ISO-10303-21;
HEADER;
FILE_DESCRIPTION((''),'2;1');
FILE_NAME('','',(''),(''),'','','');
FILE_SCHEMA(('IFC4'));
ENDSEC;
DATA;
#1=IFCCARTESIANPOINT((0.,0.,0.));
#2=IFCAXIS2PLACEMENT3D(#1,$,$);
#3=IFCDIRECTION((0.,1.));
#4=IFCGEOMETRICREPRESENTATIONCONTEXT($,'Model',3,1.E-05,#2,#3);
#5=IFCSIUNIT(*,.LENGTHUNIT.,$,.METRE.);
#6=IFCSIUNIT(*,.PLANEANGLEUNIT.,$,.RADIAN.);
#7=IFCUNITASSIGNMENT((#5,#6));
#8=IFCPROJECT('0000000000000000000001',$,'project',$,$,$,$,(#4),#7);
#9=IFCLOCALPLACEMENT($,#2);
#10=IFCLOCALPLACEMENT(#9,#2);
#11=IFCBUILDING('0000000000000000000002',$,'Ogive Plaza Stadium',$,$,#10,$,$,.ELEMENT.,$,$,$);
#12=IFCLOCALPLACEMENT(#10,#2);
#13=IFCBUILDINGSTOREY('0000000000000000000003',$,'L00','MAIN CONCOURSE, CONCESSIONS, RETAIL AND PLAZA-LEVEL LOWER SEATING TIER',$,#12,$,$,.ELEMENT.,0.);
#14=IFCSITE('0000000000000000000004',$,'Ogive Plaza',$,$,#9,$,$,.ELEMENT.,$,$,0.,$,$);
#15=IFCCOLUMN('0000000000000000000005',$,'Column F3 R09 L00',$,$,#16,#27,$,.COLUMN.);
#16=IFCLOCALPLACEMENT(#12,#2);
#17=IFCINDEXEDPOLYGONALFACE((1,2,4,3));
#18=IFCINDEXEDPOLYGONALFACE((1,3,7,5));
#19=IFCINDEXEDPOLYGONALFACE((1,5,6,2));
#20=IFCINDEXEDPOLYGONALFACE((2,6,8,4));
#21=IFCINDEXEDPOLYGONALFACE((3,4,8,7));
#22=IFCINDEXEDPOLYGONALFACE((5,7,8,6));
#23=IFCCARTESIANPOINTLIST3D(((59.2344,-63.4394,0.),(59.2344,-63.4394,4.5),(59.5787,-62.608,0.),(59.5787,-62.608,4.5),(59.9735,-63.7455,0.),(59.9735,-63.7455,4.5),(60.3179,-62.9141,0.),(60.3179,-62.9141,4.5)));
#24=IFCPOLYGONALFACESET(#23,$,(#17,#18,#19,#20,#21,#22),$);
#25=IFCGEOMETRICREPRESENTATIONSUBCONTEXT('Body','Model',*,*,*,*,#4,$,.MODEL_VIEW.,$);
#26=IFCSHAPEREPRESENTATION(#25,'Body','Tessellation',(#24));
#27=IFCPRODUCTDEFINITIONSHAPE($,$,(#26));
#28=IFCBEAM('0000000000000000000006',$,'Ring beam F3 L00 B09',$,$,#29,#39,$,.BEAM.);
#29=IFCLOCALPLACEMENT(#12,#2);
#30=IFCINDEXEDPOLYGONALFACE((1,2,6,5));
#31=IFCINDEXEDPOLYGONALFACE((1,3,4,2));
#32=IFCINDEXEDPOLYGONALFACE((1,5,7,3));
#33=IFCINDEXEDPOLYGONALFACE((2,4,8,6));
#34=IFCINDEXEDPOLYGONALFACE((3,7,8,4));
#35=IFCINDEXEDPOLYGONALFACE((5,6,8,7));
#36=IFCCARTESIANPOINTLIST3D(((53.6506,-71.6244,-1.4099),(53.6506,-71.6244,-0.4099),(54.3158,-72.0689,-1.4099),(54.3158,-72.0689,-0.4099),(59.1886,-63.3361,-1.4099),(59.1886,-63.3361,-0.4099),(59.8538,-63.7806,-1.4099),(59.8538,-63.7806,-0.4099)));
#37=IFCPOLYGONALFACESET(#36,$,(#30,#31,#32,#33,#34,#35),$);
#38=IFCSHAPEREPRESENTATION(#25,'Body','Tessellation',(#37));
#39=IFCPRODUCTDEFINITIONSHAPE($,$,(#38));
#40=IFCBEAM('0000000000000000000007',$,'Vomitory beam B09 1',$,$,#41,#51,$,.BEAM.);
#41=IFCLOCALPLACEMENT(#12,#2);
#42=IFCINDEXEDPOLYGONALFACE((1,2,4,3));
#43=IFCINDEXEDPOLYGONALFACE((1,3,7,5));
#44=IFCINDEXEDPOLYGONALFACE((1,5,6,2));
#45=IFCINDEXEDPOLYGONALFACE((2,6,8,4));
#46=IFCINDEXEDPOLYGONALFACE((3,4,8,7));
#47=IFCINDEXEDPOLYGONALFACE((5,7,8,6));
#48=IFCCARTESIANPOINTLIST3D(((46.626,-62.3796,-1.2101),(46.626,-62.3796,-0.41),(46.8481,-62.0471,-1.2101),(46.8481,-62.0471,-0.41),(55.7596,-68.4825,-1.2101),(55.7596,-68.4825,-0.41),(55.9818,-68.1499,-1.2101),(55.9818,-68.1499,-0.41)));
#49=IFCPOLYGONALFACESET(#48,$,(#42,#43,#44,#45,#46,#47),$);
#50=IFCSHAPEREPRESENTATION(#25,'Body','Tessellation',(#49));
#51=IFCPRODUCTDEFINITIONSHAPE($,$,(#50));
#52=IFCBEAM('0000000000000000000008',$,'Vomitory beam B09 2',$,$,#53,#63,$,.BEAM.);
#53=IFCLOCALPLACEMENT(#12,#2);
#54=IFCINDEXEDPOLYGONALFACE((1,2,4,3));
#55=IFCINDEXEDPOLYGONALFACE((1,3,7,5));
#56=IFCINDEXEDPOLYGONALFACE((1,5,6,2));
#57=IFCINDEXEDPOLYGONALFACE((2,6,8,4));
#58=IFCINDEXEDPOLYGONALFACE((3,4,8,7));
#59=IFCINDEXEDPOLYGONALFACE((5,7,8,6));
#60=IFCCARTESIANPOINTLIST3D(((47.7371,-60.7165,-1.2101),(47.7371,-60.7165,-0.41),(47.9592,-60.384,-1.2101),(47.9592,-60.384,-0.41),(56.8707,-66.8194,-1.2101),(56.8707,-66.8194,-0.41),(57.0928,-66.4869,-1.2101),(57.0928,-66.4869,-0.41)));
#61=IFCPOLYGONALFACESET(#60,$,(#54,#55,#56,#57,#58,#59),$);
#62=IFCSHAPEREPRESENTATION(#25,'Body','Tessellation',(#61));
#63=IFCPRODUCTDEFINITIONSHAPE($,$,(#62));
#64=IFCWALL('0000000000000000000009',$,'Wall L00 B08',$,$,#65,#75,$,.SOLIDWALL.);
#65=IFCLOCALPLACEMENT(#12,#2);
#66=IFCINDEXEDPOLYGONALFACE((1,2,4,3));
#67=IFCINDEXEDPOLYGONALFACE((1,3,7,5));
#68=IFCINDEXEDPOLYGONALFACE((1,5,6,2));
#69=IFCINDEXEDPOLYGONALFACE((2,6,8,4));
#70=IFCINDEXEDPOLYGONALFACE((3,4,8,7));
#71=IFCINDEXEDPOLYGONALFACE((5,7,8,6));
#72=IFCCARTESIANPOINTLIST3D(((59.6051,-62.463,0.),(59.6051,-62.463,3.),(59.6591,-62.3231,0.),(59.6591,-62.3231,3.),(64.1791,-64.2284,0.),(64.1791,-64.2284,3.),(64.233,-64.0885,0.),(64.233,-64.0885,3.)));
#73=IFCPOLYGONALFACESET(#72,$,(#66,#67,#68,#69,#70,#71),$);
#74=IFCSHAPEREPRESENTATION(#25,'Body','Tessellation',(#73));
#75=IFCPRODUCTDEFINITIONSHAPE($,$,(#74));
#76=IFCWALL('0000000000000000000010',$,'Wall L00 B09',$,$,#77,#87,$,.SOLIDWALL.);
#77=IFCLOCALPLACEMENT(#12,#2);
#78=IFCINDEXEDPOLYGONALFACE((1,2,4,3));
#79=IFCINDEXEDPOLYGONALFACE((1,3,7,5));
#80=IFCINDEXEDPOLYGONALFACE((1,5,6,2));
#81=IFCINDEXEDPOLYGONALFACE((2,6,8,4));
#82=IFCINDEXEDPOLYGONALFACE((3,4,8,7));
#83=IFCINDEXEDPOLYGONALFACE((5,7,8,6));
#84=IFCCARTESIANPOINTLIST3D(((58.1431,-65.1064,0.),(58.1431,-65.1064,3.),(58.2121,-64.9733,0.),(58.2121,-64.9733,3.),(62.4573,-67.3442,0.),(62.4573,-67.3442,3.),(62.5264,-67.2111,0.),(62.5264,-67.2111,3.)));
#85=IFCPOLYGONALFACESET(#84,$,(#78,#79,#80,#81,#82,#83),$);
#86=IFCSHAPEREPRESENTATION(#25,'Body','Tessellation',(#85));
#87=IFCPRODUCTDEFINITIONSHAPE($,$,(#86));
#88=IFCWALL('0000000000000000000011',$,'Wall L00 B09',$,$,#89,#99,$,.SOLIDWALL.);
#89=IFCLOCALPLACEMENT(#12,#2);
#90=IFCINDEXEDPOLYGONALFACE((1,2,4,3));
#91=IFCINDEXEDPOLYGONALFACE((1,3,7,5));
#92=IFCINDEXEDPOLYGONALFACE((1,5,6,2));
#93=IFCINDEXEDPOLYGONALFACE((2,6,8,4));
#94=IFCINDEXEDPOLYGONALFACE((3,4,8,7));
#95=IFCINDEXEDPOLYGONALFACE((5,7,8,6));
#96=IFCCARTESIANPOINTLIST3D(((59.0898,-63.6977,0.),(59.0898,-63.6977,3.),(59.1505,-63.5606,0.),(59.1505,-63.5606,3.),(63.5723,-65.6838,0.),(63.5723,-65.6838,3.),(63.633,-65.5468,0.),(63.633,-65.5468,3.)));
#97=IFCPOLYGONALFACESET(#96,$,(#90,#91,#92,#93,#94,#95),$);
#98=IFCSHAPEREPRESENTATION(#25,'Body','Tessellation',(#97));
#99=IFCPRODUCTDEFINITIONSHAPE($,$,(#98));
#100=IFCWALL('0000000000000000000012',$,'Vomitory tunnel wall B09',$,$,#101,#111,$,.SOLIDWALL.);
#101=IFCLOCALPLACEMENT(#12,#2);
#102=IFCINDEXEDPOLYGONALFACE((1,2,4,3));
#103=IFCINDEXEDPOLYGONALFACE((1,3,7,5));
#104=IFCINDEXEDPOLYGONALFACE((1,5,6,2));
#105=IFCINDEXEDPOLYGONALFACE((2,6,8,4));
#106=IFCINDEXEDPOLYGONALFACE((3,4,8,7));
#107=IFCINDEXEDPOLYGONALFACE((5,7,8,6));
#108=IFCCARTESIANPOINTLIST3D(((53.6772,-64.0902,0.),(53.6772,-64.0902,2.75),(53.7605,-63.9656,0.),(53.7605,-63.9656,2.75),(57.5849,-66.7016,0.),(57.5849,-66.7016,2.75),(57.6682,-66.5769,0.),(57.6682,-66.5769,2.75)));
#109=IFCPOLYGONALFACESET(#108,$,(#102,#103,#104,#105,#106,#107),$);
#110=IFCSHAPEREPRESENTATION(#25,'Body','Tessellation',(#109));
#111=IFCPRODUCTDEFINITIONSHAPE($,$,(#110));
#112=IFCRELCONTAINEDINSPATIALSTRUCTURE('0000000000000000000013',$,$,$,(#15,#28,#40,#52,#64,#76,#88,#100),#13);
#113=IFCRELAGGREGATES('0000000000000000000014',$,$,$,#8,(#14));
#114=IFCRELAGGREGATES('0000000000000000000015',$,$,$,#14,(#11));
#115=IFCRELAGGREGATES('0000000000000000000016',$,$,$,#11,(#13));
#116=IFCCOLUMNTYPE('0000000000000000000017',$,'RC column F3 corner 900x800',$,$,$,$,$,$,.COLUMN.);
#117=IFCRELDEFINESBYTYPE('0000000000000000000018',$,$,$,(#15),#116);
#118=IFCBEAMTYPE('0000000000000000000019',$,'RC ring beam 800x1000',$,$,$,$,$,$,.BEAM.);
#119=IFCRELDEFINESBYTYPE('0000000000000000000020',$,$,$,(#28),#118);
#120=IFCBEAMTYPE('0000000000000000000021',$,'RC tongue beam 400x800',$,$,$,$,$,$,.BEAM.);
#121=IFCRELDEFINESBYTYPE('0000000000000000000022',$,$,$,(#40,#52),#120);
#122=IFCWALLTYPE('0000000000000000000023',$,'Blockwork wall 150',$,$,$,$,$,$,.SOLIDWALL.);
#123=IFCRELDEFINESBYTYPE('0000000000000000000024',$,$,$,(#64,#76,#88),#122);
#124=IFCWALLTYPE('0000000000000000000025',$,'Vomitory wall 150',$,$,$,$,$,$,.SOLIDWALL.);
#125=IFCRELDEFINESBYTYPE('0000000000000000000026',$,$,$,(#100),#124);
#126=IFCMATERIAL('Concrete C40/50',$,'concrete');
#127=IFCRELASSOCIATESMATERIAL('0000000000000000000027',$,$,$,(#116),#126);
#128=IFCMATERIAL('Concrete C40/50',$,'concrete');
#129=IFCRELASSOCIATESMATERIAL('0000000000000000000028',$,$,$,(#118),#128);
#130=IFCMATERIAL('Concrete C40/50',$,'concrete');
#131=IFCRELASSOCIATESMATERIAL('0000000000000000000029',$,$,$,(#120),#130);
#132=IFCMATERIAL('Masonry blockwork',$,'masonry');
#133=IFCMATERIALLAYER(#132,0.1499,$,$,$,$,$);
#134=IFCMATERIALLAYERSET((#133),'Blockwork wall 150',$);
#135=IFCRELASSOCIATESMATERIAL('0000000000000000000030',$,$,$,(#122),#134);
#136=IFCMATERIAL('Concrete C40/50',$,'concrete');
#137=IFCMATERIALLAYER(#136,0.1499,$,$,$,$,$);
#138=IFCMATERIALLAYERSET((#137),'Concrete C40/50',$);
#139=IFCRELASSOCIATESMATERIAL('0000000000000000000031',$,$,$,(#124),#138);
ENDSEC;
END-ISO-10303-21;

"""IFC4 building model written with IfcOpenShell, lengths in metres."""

from ifc_helpers import new_model, si_unit, direction, frame, frame_2d, origin, origin_2d, place, context, subcontext, project, spatial, rectangle, extrude, material, layer, layer_set, material_profile, profile_set, type_object, element, save


model = new_model("IFC4")

# Units and contexts
model_context = context("Model", 3, precision=1e-05, world=origin(), true_north=direction((0.0, 1.0)))
body_context = subcontext(model_context, "Body", "Model", "MODEL_VIEW")
ifc_project = project(units=[si_unit("LENGTHUNIT", "METRE"), si_unit("PLANEANGLEUNIT", "RADIAN")], contexts=[model_context])

# Site, building, storey
site_placement = place(None, origin())
site = spatial("IfcSite", under=ifc_project, at=site_placement, Name="Ogive Plaza", CompositionType="ELEMENT", RefElevation=0.0)
building_placement = place(site_placement, origin())
building = spatial("IfcBuilding", under=site, at=building_placement, Name="Ogive Plaza Stadium", CompositionType="ELEMENT")
storey_placement = place(building_placement, origin())
storey = spatial("IfcBuildingStorey", under=building, at=storey_placement, Name="L00", Description="MAIN CONCOURSE, CONCESSIONS, RETAIL AND PLAZA-LEVEL LOWER SEATING TIER", CompositionType="ELEMENT", Elevation=0.0)

# Column
ifc_material_1 = material(Name="Concrete C40/50", Category="concrete")
ifc_material_profile_1 = material_profile(ifc_material_1, rectangle(XDim=0.8999, YDim=0.8, at=origin_2d()), Name="RC 900x800")
ifc_profile_set_1 = profile_set([ifc_material_profile_1], Name="Concrete C40/50")
column_type = type_object("IfcColumnType", Name="RC column F3 corner 900x800", PredefinedType="COLUMN", material=ifc_profile_set_1)
column_placement = place(storey_placement, frame((59.7761, -63.1768, 0.0), z_axis=(0.0, 0.0, 1.0), x_axis=(0.382683, 0.92388, 0.0)))
element("IfcColumn", 1, at=column_placement, inside=storey, type_object=column_type, Name="Column F3 R09 L00", PredefinedType="COLUMN", context=body_context, shape_type="SweptSolid", body=[
    extrude(rectangle(XDim=0.8999, YDim=0.8, at=origin_2d()), origin(), (0.0, 0.0, 1.0), 4.5),
])

# Beams
ifc_material_2 = material(Name="Concrete C40/50", Category="concrete")
ifc_material_profile_2 = material_profile(ifc_material_2, rectangle(XDim=0.8, YDim=1.0, at=origin_2d()), Name="RC 800x1000")
ifc_profile_set_2 = profile_set([ifc_material_profile_2], Name="Concrete C40/50")
beam_type_1 = type_object("IfcBeamType", Name="RC ring beam 800x1000", PredefinedType="BEAM", material=ifc_profile_set_2)
beam_placement = place(storey_placement, frame((59.5212, -63.5583, -0.9099), z_axis=(-0.55557, -0.83147, 0.0), x_axis=(0.83147, -0.55557, 0.0)))
element("IfcBeam", 2, at=beam_placement, inside=storey, type_object=beam_type_1, Name="Ring beam F3 L00 B09", PredefinedType="BEAM", context=body_context, shape_type="SweptSolid", body=[
    extrude(rectangle(XDim=0.8, YDim=1.0, at=origin_2d()), origin(), (0.0, 0.0, 1.0), 9.9683),
])
ifc_material_3 = material(Name="Concrete C40/50", Category="concrete")
ifc_material_profile_3 = material_profile(ifc_material_3, rectangle(XDim=0.3999, YDim=0.8, at=origin_2d()), Name="RC 400x800")
ifc_profile_set_3 = profile_set([ifc_material_profile_3], Name="Concrete C40/50")
beam_type_2 = type_object("IfcBeamType", Name="RC tongue beam 400x800", PredefinedType="BEAM", material=ifc_profile_set_3)
for number, where, z_axis, x_axis, name in (
    (3, (46.7371, -62.2134, -0.8101), (0.831472, -0.555567, 0.0), (0.555567, 0.831472, 0.0), "Vomitory beam B09 1"),
    (4, (47.8481, -60.5503, -0.8101), (0.831472, -0.555567, 0.0), (0.555567, 0.831472, 0.0), "Vomitory beam B09 2"),
):
    element("IfcBeam", number, at=place(storey_placement, frame(where, z_axis=z_axis, x_axis=x_axis)), inside=storey, type_object=beam_type_2, Name=name, PredefinedType="BEAM", context=body_context, shape_type="SweptSolid", body=[
        extrude(rectangle(XDim=0.3999, YDim=0.8, at=origin_2d()), origin(), (0.0, 0.0, 1.0), 10.9849),
    ])

# Walls
ifc_material_4 = material(Name="Masonry blockwork", Category="masonry")
ifc_layer_1 = layer(ifc_material_4, 0.1499)
ifc_layer_set_1 = layer_set([ifc_layer_1], Name="Blockwork wall 150")
wall_type_1 = type_object("IfcWallType", Name="Blockwork wall 150", PredefinedType="SOLIDWALL", material=ifc_layer_set_1)
wall_1_placement = place(storey_placement, frame((59.6321, -62.3931, 0.0), z_axis=(0.0, 0.0, 1.0), x_axis=(0.932924, -0.360073, 0.0)))
element("IfcWall", 5, at=wall_1_placement, inside=storey, type_object=wall_type_1, Name="Wall L00 B08", PredefinedType="SOLIDWALL", context=body_context, shape_type="SweptSolid", body=[
    extrude(rectangle(XDim=4.9028, YDim=0.1499, at=frame_2d((2.4514, 0.0))), origin(), (0.0, 0.0, 1.0), 3.0),
])
wall_2_placement = place(storey_placement, frame((58.1775, -65.0398, 0.0), z_axis=(0.0, 0.0, 1.0), x_axis=(0.887688, -0.460446, 0.0)))
element("IfcWall", 6, at=wall_2_placement, inside=storey, type_object=wall_type_1, Name="Wall L00 B09", PredefinedType="SOLIDWALL", context=body_context, shape_type="SweptSolid", body=[
    extrude(rectangle(XDim=4.8601, YDim=0.1499, at=frame_2d((2.4302, 0.0))), origin(), (0.0, 0.0, 1.0), 3.0),
])
wall_3_placement = place(storey_placement, frame((59.1201, -63.6292, 0.0), z_axis=(0.0, 0.0, 1.0), x_axis=(0.914273, -0.405099, 0.0)))
element("IfcWall", 7, at=wall_3_placement, inside=storey, type_object=wall_type_1, Name="Wall L00 B09", PredefinedType="SOLIDWALL", context=body_context, shape_type="SweptSolid", body=[
    extrude(rectangle(XDim=4.9028, YDim=0.1499, at=frame_2d((2.4514, 0.0))), origin(), (0.0, 0.0, 1.0), 3.0),
])

# Wall
ifc_material_5 = material(Name="Concrete C40/50", Category="concrete")
ifc_layer_2 = layer(ifc_material_5, 0.1499)
ifc_layer_set_2 = layer_set([ifc_layer_2], Name="Concrete C40/50")
wall_type_2 = type_object("IfcWallType", Name="Vomitory wall 150", PredefinedType="SOLIDWALL", material=ifc_layer_set_2)
wall_4_placement = place(storey_placement, frame((53.7188, -64.0278, 0.0), z_axis=(0.0, 0.0, 1.0), x_axis=(0.831442, -0.555611, 0.0)))
element("IfcWall", 8, at=wall_4_placement, inside=storey, type_object=wall_type_2, Name="Vomitory tunnel wall B09", PredefinedType="SOLIDWALL", context=body_context, shape_type="SweptSolid", body=[
    extrude(rectangle(XDim=4.7, YDim=0.1499, at=frame_2d((2.3501, 0.0))), origin(), (0.0, 0.0, 1.0), 2.75),
])

save(model, "model.ifc")
